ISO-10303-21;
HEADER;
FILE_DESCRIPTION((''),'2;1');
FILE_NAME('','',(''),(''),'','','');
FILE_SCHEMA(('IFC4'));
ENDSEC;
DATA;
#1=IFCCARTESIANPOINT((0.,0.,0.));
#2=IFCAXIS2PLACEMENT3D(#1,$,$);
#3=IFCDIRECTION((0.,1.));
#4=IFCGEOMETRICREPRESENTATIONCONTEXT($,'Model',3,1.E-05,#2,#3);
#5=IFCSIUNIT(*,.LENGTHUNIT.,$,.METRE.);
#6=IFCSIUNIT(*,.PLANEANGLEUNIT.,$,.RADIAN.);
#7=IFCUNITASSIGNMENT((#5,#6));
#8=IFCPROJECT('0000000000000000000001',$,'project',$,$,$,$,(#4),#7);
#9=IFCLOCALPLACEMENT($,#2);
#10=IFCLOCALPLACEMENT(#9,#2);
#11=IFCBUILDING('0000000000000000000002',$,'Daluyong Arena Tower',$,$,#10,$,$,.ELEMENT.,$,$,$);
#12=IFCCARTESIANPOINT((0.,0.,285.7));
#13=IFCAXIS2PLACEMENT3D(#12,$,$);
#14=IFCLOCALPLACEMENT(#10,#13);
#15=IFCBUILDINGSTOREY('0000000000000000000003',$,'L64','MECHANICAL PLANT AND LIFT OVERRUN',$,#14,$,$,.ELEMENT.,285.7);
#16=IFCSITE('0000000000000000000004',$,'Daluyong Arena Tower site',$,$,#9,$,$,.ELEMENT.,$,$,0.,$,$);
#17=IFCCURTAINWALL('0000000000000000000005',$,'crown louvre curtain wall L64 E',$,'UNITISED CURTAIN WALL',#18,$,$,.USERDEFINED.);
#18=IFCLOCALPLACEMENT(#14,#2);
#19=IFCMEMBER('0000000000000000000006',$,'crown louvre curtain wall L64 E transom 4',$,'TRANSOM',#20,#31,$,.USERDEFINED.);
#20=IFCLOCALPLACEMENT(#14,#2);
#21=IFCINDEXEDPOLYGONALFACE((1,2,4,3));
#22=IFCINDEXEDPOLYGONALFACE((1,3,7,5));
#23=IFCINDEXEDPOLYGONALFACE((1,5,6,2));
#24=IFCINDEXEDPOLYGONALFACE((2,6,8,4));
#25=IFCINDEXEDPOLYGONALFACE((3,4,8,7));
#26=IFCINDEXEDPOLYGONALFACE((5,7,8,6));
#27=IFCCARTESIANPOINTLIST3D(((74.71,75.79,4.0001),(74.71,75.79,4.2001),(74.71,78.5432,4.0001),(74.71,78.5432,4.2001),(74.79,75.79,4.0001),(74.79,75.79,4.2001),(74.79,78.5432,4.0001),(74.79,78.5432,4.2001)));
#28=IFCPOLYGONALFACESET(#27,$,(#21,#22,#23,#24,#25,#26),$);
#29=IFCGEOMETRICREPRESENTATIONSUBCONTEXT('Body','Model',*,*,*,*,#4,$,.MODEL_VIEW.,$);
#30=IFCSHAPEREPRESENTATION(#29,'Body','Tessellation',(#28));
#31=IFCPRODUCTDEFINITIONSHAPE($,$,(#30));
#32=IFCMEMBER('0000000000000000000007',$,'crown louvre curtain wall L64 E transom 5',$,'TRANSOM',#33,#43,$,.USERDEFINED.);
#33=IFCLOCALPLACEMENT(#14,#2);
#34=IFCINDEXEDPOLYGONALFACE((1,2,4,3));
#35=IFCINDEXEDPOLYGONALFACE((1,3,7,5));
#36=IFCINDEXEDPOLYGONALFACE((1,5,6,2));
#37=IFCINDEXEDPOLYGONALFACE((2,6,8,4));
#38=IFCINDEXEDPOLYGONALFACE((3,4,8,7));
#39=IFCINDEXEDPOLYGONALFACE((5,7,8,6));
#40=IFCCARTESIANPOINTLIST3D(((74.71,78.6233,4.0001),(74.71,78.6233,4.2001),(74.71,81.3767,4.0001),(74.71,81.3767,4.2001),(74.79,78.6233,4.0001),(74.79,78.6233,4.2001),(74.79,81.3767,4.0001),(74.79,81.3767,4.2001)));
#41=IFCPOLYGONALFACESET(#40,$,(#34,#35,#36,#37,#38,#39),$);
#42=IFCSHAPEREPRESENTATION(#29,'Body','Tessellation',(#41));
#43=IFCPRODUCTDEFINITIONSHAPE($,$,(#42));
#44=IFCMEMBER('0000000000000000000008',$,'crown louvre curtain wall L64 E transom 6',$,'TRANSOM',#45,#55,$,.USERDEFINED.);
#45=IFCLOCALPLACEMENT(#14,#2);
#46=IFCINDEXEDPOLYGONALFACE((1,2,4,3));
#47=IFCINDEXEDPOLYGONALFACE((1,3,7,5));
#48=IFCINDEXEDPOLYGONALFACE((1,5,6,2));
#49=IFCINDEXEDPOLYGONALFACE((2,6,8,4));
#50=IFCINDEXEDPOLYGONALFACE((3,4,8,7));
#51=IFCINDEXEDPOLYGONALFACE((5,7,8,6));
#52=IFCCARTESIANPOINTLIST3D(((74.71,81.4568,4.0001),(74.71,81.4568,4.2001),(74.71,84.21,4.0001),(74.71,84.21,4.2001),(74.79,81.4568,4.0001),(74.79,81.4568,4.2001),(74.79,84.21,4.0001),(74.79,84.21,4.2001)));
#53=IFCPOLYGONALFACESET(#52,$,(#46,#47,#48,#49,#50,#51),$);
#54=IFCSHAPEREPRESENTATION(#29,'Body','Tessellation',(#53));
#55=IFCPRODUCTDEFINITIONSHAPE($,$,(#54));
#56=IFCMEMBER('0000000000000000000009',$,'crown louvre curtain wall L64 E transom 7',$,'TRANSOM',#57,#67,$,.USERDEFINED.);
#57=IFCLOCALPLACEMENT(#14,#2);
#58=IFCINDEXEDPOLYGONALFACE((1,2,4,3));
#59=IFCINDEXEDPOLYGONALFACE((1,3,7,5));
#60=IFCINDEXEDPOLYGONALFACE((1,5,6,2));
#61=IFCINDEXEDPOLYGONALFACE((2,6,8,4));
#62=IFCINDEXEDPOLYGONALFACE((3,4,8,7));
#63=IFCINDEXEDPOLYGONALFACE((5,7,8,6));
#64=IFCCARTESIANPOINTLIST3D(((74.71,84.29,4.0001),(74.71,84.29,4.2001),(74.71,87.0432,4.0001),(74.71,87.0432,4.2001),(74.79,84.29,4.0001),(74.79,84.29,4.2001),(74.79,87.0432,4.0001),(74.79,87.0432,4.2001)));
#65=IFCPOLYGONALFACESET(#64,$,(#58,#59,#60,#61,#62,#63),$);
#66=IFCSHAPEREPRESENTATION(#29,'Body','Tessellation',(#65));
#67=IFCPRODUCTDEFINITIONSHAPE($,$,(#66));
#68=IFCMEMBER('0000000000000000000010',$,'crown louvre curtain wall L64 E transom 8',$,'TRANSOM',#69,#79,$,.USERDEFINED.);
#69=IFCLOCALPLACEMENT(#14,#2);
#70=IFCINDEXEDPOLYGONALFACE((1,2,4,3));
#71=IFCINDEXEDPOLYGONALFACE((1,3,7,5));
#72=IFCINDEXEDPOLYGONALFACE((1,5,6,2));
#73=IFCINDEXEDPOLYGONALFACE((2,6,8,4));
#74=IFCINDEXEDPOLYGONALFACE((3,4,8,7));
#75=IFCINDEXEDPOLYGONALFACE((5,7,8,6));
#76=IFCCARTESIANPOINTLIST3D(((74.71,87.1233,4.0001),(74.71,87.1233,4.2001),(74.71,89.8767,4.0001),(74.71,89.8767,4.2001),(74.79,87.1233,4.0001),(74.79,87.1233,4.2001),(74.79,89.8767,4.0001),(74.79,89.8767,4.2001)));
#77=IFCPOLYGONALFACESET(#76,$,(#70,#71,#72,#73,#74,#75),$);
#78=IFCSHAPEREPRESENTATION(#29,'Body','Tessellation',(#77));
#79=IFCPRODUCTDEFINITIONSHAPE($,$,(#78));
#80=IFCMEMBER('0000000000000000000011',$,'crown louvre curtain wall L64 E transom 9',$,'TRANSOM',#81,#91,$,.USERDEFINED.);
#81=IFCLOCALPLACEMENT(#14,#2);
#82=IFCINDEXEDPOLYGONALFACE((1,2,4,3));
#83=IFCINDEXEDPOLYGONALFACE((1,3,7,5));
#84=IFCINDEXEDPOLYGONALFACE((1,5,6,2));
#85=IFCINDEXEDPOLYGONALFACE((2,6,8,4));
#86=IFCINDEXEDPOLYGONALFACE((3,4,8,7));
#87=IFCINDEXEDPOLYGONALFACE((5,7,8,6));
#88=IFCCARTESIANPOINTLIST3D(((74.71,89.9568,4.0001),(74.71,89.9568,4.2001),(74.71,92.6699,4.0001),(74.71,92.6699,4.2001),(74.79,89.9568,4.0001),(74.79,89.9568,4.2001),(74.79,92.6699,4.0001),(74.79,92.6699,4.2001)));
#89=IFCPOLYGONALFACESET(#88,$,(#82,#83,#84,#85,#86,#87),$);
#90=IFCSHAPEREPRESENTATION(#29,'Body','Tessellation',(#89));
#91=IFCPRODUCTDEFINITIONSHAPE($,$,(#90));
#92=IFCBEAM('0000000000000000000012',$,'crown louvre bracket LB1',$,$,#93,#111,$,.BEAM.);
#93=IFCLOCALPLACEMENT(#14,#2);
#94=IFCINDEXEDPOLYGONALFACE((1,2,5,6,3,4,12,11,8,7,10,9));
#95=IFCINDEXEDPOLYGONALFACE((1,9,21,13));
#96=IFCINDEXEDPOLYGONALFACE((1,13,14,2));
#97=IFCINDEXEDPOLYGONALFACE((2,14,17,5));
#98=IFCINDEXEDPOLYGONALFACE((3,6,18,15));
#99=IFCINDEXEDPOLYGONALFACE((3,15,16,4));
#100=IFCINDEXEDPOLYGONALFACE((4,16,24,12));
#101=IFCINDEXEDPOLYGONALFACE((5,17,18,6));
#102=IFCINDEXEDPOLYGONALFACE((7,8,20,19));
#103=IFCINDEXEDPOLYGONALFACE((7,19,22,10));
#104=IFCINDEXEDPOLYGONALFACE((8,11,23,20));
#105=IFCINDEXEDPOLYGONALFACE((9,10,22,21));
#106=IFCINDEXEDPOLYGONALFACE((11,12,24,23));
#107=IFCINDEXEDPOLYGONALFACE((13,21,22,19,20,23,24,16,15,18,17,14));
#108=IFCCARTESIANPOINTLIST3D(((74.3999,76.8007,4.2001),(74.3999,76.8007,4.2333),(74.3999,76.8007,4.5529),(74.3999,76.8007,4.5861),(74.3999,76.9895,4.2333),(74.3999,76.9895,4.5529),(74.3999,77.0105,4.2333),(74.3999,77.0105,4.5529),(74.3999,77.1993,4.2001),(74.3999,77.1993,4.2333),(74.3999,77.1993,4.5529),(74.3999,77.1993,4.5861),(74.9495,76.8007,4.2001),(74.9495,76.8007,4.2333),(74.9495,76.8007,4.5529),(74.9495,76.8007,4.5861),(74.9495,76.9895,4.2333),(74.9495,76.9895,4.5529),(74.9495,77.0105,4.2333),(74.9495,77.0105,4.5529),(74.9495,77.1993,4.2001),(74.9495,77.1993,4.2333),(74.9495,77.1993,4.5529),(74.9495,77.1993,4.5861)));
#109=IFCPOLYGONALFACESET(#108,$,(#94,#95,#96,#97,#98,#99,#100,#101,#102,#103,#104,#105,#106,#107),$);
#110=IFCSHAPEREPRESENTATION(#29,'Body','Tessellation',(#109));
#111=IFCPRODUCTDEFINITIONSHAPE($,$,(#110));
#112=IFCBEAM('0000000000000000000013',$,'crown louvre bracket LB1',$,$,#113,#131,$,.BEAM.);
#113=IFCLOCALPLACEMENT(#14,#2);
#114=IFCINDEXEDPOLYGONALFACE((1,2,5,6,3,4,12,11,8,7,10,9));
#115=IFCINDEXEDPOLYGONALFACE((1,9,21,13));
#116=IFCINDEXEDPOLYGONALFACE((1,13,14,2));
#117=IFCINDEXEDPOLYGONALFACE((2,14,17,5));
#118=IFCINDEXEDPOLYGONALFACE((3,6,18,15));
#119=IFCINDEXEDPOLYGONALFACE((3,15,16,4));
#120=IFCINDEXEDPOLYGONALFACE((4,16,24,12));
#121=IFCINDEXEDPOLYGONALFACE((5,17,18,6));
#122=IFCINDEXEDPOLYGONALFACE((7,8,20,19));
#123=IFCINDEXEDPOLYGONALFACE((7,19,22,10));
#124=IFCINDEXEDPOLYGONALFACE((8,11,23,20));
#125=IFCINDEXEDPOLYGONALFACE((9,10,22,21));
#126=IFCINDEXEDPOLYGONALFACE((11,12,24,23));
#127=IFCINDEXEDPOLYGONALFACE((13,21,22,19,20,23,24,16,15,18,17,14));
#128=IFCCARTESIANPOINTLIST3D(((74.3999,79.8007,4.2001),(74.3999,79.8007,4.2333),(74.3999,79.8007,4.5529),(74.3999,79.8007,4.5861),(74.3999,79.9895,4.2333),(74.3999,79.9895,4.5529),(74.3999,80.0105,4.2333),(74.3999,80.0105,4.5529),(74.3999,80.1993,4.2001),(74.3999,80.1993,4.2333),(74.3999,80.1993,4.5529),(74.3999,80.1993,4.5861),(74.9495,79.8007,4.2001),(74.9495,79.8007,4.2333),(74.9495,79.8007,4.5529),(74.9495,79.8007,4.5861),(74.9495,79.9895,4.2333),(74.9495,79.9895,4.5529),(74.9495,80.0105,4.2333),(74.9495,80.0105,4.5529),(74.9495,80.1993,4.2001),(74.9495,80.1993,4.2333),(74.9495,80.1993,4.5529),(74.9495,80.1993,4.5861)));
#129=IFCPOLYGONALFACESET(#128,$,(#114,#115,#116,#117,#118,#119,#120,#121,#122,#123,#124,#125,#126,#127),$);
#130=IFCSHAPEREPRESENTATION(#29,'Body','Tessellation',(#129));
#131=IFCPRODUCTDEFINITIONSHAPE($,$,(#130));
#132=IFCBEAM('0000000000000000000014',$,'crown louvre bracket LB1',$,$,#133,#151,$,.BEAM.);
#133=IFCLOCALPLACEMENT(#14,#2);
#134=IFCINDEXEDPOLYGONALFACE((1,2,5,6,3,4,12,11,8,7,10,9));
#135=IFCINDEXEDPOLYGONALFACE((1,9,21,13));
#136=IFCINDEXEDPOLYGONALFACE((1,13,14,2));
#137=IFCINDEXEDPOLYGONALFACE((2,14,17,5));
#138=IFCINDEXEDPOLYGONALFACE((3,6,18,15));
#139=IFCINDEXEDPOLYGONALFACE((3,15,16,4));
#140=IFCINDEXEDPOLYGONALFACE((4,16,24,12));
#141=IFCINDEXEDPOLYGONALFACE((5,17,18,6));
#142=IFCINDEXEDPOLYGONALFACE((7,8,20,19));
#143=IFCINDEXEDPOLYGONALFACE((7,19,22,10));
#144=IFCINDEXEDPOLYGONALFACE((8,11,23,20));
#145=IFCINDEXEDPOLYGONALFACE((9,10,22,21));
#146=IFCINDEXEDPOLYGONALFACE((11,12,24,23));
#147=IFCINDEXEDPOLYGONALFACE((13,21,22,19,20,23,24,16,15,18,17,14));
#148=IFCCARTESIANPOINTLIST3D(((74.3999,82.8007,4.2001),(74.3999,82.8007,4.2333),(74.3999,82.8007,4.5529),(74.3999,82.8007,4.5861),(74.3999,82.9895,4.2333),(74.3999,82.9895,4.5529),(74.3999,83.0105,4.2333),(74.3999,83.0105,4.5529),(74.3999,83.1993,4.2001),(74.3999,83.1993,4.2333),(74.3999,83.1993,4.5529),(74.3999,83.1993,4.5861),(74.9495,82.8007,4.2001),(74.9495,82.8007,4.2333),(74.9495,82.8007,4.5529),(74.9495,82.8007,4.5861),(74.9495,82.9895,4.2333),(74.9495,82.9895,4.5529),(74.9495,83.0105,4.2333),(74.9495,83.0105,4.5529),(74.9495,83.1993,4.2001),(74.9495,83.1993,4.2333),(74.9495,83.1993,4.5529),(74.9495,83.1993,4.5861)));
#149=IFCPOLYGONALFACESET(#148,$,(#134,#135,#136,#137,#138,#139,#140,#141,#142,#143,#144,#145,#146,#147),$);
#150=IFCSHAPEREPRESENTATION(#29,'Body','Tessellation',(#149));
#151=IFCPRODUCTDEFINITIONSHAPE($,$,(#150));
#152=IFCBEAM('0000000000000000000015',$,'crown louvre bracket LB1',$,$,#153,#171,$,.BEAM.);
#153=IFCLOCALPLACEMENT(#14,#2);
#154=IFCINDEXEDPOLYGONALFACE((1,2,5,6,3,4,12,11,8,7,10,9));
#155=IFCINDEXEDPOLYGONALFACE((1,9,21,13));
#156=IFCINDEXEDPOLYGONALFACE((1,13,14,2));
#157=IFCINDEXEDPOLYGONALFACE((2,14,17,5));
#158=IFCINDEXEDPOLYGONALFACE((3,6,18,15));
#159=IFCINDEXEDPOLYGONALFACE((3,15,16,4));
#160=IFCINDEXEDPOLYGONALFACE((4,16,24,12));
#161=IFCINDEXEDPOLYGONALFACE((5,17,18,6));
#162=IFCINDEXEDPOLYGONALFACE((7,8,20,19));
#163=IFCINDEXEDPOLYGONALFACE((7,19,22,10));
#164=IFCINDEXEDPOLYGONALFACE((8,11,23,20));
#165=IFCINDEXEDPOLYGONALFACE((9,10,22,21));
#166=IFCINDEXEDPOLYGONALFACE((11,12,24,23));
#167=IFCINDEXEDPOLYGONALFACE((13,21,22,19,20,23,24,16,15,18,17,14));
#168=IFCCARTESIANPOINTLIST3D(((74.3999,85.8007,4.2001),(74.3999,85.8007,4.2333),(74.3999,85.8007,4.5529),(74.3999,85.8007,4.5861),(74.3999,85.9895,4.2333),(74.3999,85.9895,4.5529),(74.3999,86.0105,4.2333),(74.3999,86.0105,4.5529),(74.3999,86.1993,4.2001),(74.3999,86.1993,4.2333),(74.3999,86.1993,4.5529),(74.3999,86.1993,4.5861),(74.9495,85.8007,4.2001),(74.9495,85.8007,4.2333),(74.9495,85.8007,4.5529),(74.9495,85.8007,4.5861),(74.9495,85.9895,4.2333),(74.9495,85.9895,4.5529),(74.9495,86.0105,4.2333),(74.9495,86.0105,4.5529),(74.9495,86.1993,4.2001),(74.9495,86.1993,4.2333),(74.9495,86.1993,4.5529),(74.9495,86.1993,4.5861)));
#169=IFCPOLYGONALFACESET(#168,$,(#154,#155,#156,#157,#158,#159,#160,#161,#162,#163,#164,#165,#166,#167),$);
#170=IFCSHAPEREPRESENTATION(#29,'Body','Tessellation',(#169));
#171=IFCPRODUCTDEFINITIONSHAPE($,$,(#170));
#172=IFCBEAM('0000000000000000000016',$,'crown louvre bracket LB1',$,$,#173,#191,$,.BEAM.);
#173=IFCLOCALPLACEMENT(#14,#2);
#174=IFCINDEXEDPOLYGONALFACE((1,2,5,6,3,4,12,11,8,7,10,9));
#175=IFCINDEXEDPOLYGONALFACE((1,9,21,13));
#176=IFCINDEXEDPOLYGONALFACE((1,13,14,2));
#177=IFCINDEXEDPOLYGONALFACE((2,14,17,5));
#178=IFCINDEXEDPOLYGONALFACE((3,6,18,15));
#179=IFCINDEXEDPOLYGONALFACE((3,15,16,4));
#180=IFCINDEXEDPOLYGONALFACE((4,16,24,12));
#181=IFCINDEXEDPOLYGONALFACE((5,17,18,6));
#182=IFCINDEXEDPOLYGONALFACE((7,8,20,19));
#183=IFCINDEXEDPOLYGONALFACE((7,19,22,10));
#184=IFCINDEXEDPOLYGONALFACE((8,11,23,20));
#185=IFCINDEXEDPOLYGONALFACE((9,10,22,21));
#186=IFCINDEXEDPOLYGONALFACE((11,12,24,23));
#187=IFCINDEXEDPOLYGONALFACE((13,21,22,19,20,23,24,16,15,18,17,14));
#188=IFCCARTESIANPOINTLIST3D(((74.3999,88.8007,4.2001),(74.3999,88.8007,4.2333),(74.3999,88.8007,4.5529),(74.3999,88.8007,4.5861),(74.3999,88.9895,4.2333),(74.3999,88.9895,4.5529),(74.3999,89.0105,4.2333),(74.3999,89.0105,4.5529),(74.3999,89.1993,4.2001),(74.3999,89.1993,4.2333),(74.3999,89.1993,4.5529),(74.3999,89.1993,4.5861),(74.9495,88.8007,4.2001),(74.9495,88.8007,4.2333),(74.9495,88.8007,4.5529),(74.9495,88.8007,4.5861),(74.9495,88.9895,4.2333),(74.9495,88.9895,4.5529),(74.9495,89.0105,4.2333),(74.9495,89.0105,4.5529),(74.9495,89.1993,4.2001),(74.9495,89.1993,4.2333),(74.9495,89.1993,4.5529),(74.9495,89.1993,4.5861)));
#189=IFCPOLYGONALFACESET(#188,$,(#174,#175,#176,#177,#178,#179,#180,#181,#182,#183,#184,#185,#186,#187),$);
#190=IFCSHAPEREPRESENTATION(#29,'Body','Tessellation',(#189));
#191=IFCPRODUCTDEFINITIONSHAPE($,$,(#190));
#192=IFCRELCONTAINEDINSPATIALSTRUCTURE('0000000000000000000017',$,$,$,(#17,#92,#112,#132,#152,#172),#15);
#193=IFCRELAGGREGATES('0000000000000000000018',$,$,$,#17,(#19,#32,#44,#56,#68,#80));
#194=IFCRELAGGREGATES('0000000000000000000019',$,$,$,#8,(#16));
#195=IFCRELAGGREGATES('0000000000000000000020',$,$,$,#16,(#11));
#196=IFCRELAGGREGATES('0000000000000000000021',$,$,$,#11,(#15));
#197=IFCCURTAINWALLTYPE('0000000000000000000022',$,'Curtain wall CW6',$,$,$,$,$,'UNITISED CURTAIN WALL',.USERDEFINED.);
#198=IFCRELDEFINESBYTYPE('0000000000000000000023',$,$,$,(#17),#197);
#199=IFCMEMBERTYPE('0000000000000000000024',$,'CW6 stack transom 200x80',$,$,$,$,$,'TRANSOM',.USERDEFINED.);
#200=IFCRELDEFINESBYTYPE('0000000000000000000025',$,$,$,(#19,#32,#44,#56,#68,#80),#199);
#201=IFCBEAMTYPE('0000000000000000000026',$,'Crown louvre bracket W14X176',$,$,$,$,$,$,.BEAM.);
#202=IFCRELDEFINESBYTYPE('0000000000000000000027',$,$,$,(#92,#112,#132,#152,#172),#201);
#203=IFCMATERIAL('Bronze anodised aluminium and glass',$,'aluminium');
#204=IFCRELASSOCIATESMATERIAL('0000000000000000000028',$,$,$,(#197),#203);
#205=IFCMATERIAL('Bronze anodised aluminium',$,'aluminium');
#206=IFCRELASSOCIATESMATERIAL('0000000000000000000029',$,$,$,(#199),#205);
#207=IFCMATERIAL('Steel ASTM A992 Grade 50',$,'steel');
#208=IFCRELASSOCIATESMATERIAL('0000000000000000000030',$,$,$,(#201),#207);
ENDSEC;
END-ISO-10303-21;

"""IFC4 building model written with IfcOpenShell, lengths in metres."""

from ifc_helpers import new_model, si_unit, direction, frame, origin, origin_2d, place, context, subcontext, project, spatial, rectangle, i_section, extrude, material, material_profile, profile_set, type_object, element, aggregate, save


model = new_model("IFC4")

# Units and contexts
model_context = context("Model", 3, precision=1e-05, world=origin(), true_north=direction((0.0, 1.0)))
body_context = subcontext(model_context, "Body", "Model", "MODEL_VIEW")
ifc_project = project(units=[si_unit("LENGTHUNIT", "METRE"), si_unit("PLANEANGLEUNIT", "RADIAN")], contexts=[model_context])

# Site, building, storey
site_placement = place(None, origin())
site = spatial("IfcSite", under=ifc_project, at=site_placement, Name="Daluyong Arena Tower site", CompositionType="ELEMENT", RefElevation=0.0)
building_placement = place(site_placement, origin())
building = spatial("IfcBuilding", under=site, at=building_placement, Name="Daluyong Arena Tower", CompositionType="ELEMENT")
storey_placement = place(building_placement, frame((0.0, 0.0, 285.7)))
storey = spatial("IfcBuildingStorey", under=building, at=storey_placement, Name="L64", Description="MECHANICAL PLANT AND LIFT OVERRUN", CompositionType="ELEMENT", Elevation=285.7)

# Curtain wall, members
ifc_material_1 = material(Name="Bronze anodised aluminium and glass", Category="aluminium")
curtain_wall_type = type_object("IfcCurtainWallType", Name="Curtain wall CW6", ElementType="UNITISED CURTAIN WALL", PredefinedType="USERDEFINED", material=ifc_material_1)
curtain_wall_placement = place(storey_placement, origin())
curtain_wall = element("IfcCurtainWall", 1, at=curtain_wall_placement, inside=storey, type_object=curtain_wall_type, Name="crown louvre curtain wall L64 E", ObjectType="UNITISED CURTAIN WALL", PredefinedType="USERDEFINED")
ifc_material_2 = material(Name="Bronze anodised aluminium", Category="aluminium")
ifc_material_profile_1 = material_profile(ifc_material_2, rectangle(XDim=0.0801, YDim=0.2, at=origin_2d()))
ifc_profile_set_1 = profile_set([ifc_material_profile_1], Name="Bronze anodised aluminium")
member_type = type_object("IfcMemberType", Name="CW6 stack transom 200x80", ElementType="TRANSOM", PredefinedType="USERDEFINED", material=ifc_profile_set_1)
member_1_placement = place(storey_placement, frame((74.75, 75.79, 4.1001), z_axis=(0.0, 1.0, 0.0), x_axis=(-1.0, 0.0, 0.0)))
member_1 = element("IfcMember", 2, at=member_1_placement, type_object=member_type, Name="crown louvre curtain wall L64 E transom 4", ObjectType="TRANSOM", PredefinedType="USERDEFINED", context=body_context, shape_type="SweptSolid", body=[
    extrude(rectangle(XDim=0.0801, YDim=0.2, at=origin_2d()), origin(), (0.0, 0.0, 1.0), 2.7532),
])
member_2_placement = place(storey_placement, frame((74.75, 78.6233, 4.1001), z_axis=(0.0, 1.0, 0.0), x_axis=(-1.0, 0.0, 0.0)))
member_2 = element("IfcMember", 3, at=member_2_placement, type_object=member_type, Name="crown louvre curtain wall L64 E transom 5", ObjectType="TRANSOM", PredefinedType="USERDEFINED", context=body_context, shape_type="SweptSolid", body=[
    extrude(rectangle(XDim=0.0801, YDim=0.2, at=origin_2d()), origin(), (0.0, 0.0, 1.0), 2.7534),
])
member_3_placement = place(storey_placement, frame((74.75, 81.4568, 4.1001), z_axis=(0.0, 1.0, 0.0), x_axis=(-1.0, 0.0, 0.0)))
member_3 = element("IfcMember", 4, at=member_3_placement, type_object=member_type, Name="crown louvre curtain wall L64 E transom 6", ObjectType="TRANSOM", PredefinedType="USERDEFINED", context=body_context, shape_type="SweptSolid", body=[
    extrude(rectangle(XDim=0.0801, YDim=0.2, at=origin_2d()), origin(), (0.0, 0.0, 1.0), 2.7532),
])
member_4_placement = place(storey_placement, frame((74.75, 84.29, 4.1001), z_axis=(0.0, 1.0, 0.0), x_axis=(-1.0, 0.0, 0.0)))
member_4 = element("IfcMember", 5, at=member_4_placement, type_object=member_type, Name="crown louvre curtain wall L64 E transom 7", ObjectType="TRANSOM", PredefinedType="USERDEFINED", context=body_context, shape_type="SweptSolid", body=[
    extrude(rectangle(XDim=0.0801, YDim=0.2, at=origin_2d()), origin(), (0.0, 0.0, 1.0), 2.7532),
])
member_5_placement = place(storey_placement, frame((74.75, 87.1233, 4.1001), z_axis=(0.0, 1.0, 0.0), x_axis=(-1.0, 0.0, 0.0)))
member_5 = element("IfcMember", 6, at=member_5_placement, type_object=member_type, Name="crown louvre curtain wall L64 E transom 8", ObjectType="TRANSOM", PredefinedType="USERDEFINED", context=body_context, shape_type="SweptSolid", body=[
    extrude(rectangle(XDim=0.0801, YDim=0.2, at=origin_2d()), origin(), (0.0, 0.0, 1.0), 2.7534),
])
member_6_placement = place(storey_placement, frame((74.75, 89.9568, 4.1001), z_axis=(0.0, 1.0, 0.0), x_axis=(-1.0, 0.0, 0.0)))
member_6 = element("IfcMember", 7, at=member_6_placement, type_object=member_type, Name="crown louvre curtain wall L64 E transom 9", ObjectType="TRANSOM", PredefinedType="USERDEFINED", context=body_context, shape_type="SweptSolid", body=[
    extrude(rectangle(XDim=0.0801, YDim=0.2, at=origin_2d()), origin(), (0.0, 0.0, 1.0), 2.7131),
])
aggregate(curtain_wall, [member_1, member_2, member_3, member_4, member_5, member_6])

# Beams
ifc_material_3 = material(Name="Steel ASTM A992 Grade 50", Category="steel")
ifc_material_profile_2 = material_profile(ifc_material_3, i_section(OverallWidth=0.3987, OverallDepth=0.386, WebThickness=0.021, FlangeThickness=0.0332, at=origin_2d()))
ifc_profile_set_2 = profile_set([ifc_material_profile_2], Name="Steel ASTM A992 Grade 50")
beam_type_1 = type_object("IfcBeamType", Name="Crown louvre bracket W14X176", PredefinedType="BEAM", material=ifc_profile_set_2)
for number, where, z_axis, x_axis, name in (
    (8, (74.3999, 77.0, 4.3931), (1.0, 0.0, 0.0), (0.0, 1.0, 0.0), "crown louvre bracket LB1"),
    (9, (74.3999, 80.0, 4.3931), (1.0, 0.0, 0.0), (0.0, 1.0, 0.0), "crown louvre bracket LB1"),
    (10, (74.3999, 83.0, 4.3931), (1.0, 0.0, 0.0), (0.0, 1.0, 0.0), "crown louvre bracket LB1"),
    (11, (74.3999, 86.0, 4.3931), (1.0, 0.0, 0.0), (0.0, 1.0, 0.0), "crown louvre bracket LB1"),
    (12, (74.3999, 89.0, 4.3931), (1.0, 0.0, 0.0), (0.0, 1.0, 0.0), "crown louvre bracket LB1"),
):
    element("IfcBeam", number, at=place(storey_placement, frame(where, z_axis=z_axis, x_axis=x_axis)), inside=storey, type_object=beam_type_1, Name=name, PredefinedType="BEAM", context=body_context, shape_type="SweptSolid", body=[
        extrude(i_section(OverallWidth=0.3987, OverallDepth=0.386, WebThickness=0.021, FlangeThickness=0.0332, at=origin_2d()), origin(), (0.0, 0.0, 1.0), 0.5496),
    ])

save(model, "model.ifc")
